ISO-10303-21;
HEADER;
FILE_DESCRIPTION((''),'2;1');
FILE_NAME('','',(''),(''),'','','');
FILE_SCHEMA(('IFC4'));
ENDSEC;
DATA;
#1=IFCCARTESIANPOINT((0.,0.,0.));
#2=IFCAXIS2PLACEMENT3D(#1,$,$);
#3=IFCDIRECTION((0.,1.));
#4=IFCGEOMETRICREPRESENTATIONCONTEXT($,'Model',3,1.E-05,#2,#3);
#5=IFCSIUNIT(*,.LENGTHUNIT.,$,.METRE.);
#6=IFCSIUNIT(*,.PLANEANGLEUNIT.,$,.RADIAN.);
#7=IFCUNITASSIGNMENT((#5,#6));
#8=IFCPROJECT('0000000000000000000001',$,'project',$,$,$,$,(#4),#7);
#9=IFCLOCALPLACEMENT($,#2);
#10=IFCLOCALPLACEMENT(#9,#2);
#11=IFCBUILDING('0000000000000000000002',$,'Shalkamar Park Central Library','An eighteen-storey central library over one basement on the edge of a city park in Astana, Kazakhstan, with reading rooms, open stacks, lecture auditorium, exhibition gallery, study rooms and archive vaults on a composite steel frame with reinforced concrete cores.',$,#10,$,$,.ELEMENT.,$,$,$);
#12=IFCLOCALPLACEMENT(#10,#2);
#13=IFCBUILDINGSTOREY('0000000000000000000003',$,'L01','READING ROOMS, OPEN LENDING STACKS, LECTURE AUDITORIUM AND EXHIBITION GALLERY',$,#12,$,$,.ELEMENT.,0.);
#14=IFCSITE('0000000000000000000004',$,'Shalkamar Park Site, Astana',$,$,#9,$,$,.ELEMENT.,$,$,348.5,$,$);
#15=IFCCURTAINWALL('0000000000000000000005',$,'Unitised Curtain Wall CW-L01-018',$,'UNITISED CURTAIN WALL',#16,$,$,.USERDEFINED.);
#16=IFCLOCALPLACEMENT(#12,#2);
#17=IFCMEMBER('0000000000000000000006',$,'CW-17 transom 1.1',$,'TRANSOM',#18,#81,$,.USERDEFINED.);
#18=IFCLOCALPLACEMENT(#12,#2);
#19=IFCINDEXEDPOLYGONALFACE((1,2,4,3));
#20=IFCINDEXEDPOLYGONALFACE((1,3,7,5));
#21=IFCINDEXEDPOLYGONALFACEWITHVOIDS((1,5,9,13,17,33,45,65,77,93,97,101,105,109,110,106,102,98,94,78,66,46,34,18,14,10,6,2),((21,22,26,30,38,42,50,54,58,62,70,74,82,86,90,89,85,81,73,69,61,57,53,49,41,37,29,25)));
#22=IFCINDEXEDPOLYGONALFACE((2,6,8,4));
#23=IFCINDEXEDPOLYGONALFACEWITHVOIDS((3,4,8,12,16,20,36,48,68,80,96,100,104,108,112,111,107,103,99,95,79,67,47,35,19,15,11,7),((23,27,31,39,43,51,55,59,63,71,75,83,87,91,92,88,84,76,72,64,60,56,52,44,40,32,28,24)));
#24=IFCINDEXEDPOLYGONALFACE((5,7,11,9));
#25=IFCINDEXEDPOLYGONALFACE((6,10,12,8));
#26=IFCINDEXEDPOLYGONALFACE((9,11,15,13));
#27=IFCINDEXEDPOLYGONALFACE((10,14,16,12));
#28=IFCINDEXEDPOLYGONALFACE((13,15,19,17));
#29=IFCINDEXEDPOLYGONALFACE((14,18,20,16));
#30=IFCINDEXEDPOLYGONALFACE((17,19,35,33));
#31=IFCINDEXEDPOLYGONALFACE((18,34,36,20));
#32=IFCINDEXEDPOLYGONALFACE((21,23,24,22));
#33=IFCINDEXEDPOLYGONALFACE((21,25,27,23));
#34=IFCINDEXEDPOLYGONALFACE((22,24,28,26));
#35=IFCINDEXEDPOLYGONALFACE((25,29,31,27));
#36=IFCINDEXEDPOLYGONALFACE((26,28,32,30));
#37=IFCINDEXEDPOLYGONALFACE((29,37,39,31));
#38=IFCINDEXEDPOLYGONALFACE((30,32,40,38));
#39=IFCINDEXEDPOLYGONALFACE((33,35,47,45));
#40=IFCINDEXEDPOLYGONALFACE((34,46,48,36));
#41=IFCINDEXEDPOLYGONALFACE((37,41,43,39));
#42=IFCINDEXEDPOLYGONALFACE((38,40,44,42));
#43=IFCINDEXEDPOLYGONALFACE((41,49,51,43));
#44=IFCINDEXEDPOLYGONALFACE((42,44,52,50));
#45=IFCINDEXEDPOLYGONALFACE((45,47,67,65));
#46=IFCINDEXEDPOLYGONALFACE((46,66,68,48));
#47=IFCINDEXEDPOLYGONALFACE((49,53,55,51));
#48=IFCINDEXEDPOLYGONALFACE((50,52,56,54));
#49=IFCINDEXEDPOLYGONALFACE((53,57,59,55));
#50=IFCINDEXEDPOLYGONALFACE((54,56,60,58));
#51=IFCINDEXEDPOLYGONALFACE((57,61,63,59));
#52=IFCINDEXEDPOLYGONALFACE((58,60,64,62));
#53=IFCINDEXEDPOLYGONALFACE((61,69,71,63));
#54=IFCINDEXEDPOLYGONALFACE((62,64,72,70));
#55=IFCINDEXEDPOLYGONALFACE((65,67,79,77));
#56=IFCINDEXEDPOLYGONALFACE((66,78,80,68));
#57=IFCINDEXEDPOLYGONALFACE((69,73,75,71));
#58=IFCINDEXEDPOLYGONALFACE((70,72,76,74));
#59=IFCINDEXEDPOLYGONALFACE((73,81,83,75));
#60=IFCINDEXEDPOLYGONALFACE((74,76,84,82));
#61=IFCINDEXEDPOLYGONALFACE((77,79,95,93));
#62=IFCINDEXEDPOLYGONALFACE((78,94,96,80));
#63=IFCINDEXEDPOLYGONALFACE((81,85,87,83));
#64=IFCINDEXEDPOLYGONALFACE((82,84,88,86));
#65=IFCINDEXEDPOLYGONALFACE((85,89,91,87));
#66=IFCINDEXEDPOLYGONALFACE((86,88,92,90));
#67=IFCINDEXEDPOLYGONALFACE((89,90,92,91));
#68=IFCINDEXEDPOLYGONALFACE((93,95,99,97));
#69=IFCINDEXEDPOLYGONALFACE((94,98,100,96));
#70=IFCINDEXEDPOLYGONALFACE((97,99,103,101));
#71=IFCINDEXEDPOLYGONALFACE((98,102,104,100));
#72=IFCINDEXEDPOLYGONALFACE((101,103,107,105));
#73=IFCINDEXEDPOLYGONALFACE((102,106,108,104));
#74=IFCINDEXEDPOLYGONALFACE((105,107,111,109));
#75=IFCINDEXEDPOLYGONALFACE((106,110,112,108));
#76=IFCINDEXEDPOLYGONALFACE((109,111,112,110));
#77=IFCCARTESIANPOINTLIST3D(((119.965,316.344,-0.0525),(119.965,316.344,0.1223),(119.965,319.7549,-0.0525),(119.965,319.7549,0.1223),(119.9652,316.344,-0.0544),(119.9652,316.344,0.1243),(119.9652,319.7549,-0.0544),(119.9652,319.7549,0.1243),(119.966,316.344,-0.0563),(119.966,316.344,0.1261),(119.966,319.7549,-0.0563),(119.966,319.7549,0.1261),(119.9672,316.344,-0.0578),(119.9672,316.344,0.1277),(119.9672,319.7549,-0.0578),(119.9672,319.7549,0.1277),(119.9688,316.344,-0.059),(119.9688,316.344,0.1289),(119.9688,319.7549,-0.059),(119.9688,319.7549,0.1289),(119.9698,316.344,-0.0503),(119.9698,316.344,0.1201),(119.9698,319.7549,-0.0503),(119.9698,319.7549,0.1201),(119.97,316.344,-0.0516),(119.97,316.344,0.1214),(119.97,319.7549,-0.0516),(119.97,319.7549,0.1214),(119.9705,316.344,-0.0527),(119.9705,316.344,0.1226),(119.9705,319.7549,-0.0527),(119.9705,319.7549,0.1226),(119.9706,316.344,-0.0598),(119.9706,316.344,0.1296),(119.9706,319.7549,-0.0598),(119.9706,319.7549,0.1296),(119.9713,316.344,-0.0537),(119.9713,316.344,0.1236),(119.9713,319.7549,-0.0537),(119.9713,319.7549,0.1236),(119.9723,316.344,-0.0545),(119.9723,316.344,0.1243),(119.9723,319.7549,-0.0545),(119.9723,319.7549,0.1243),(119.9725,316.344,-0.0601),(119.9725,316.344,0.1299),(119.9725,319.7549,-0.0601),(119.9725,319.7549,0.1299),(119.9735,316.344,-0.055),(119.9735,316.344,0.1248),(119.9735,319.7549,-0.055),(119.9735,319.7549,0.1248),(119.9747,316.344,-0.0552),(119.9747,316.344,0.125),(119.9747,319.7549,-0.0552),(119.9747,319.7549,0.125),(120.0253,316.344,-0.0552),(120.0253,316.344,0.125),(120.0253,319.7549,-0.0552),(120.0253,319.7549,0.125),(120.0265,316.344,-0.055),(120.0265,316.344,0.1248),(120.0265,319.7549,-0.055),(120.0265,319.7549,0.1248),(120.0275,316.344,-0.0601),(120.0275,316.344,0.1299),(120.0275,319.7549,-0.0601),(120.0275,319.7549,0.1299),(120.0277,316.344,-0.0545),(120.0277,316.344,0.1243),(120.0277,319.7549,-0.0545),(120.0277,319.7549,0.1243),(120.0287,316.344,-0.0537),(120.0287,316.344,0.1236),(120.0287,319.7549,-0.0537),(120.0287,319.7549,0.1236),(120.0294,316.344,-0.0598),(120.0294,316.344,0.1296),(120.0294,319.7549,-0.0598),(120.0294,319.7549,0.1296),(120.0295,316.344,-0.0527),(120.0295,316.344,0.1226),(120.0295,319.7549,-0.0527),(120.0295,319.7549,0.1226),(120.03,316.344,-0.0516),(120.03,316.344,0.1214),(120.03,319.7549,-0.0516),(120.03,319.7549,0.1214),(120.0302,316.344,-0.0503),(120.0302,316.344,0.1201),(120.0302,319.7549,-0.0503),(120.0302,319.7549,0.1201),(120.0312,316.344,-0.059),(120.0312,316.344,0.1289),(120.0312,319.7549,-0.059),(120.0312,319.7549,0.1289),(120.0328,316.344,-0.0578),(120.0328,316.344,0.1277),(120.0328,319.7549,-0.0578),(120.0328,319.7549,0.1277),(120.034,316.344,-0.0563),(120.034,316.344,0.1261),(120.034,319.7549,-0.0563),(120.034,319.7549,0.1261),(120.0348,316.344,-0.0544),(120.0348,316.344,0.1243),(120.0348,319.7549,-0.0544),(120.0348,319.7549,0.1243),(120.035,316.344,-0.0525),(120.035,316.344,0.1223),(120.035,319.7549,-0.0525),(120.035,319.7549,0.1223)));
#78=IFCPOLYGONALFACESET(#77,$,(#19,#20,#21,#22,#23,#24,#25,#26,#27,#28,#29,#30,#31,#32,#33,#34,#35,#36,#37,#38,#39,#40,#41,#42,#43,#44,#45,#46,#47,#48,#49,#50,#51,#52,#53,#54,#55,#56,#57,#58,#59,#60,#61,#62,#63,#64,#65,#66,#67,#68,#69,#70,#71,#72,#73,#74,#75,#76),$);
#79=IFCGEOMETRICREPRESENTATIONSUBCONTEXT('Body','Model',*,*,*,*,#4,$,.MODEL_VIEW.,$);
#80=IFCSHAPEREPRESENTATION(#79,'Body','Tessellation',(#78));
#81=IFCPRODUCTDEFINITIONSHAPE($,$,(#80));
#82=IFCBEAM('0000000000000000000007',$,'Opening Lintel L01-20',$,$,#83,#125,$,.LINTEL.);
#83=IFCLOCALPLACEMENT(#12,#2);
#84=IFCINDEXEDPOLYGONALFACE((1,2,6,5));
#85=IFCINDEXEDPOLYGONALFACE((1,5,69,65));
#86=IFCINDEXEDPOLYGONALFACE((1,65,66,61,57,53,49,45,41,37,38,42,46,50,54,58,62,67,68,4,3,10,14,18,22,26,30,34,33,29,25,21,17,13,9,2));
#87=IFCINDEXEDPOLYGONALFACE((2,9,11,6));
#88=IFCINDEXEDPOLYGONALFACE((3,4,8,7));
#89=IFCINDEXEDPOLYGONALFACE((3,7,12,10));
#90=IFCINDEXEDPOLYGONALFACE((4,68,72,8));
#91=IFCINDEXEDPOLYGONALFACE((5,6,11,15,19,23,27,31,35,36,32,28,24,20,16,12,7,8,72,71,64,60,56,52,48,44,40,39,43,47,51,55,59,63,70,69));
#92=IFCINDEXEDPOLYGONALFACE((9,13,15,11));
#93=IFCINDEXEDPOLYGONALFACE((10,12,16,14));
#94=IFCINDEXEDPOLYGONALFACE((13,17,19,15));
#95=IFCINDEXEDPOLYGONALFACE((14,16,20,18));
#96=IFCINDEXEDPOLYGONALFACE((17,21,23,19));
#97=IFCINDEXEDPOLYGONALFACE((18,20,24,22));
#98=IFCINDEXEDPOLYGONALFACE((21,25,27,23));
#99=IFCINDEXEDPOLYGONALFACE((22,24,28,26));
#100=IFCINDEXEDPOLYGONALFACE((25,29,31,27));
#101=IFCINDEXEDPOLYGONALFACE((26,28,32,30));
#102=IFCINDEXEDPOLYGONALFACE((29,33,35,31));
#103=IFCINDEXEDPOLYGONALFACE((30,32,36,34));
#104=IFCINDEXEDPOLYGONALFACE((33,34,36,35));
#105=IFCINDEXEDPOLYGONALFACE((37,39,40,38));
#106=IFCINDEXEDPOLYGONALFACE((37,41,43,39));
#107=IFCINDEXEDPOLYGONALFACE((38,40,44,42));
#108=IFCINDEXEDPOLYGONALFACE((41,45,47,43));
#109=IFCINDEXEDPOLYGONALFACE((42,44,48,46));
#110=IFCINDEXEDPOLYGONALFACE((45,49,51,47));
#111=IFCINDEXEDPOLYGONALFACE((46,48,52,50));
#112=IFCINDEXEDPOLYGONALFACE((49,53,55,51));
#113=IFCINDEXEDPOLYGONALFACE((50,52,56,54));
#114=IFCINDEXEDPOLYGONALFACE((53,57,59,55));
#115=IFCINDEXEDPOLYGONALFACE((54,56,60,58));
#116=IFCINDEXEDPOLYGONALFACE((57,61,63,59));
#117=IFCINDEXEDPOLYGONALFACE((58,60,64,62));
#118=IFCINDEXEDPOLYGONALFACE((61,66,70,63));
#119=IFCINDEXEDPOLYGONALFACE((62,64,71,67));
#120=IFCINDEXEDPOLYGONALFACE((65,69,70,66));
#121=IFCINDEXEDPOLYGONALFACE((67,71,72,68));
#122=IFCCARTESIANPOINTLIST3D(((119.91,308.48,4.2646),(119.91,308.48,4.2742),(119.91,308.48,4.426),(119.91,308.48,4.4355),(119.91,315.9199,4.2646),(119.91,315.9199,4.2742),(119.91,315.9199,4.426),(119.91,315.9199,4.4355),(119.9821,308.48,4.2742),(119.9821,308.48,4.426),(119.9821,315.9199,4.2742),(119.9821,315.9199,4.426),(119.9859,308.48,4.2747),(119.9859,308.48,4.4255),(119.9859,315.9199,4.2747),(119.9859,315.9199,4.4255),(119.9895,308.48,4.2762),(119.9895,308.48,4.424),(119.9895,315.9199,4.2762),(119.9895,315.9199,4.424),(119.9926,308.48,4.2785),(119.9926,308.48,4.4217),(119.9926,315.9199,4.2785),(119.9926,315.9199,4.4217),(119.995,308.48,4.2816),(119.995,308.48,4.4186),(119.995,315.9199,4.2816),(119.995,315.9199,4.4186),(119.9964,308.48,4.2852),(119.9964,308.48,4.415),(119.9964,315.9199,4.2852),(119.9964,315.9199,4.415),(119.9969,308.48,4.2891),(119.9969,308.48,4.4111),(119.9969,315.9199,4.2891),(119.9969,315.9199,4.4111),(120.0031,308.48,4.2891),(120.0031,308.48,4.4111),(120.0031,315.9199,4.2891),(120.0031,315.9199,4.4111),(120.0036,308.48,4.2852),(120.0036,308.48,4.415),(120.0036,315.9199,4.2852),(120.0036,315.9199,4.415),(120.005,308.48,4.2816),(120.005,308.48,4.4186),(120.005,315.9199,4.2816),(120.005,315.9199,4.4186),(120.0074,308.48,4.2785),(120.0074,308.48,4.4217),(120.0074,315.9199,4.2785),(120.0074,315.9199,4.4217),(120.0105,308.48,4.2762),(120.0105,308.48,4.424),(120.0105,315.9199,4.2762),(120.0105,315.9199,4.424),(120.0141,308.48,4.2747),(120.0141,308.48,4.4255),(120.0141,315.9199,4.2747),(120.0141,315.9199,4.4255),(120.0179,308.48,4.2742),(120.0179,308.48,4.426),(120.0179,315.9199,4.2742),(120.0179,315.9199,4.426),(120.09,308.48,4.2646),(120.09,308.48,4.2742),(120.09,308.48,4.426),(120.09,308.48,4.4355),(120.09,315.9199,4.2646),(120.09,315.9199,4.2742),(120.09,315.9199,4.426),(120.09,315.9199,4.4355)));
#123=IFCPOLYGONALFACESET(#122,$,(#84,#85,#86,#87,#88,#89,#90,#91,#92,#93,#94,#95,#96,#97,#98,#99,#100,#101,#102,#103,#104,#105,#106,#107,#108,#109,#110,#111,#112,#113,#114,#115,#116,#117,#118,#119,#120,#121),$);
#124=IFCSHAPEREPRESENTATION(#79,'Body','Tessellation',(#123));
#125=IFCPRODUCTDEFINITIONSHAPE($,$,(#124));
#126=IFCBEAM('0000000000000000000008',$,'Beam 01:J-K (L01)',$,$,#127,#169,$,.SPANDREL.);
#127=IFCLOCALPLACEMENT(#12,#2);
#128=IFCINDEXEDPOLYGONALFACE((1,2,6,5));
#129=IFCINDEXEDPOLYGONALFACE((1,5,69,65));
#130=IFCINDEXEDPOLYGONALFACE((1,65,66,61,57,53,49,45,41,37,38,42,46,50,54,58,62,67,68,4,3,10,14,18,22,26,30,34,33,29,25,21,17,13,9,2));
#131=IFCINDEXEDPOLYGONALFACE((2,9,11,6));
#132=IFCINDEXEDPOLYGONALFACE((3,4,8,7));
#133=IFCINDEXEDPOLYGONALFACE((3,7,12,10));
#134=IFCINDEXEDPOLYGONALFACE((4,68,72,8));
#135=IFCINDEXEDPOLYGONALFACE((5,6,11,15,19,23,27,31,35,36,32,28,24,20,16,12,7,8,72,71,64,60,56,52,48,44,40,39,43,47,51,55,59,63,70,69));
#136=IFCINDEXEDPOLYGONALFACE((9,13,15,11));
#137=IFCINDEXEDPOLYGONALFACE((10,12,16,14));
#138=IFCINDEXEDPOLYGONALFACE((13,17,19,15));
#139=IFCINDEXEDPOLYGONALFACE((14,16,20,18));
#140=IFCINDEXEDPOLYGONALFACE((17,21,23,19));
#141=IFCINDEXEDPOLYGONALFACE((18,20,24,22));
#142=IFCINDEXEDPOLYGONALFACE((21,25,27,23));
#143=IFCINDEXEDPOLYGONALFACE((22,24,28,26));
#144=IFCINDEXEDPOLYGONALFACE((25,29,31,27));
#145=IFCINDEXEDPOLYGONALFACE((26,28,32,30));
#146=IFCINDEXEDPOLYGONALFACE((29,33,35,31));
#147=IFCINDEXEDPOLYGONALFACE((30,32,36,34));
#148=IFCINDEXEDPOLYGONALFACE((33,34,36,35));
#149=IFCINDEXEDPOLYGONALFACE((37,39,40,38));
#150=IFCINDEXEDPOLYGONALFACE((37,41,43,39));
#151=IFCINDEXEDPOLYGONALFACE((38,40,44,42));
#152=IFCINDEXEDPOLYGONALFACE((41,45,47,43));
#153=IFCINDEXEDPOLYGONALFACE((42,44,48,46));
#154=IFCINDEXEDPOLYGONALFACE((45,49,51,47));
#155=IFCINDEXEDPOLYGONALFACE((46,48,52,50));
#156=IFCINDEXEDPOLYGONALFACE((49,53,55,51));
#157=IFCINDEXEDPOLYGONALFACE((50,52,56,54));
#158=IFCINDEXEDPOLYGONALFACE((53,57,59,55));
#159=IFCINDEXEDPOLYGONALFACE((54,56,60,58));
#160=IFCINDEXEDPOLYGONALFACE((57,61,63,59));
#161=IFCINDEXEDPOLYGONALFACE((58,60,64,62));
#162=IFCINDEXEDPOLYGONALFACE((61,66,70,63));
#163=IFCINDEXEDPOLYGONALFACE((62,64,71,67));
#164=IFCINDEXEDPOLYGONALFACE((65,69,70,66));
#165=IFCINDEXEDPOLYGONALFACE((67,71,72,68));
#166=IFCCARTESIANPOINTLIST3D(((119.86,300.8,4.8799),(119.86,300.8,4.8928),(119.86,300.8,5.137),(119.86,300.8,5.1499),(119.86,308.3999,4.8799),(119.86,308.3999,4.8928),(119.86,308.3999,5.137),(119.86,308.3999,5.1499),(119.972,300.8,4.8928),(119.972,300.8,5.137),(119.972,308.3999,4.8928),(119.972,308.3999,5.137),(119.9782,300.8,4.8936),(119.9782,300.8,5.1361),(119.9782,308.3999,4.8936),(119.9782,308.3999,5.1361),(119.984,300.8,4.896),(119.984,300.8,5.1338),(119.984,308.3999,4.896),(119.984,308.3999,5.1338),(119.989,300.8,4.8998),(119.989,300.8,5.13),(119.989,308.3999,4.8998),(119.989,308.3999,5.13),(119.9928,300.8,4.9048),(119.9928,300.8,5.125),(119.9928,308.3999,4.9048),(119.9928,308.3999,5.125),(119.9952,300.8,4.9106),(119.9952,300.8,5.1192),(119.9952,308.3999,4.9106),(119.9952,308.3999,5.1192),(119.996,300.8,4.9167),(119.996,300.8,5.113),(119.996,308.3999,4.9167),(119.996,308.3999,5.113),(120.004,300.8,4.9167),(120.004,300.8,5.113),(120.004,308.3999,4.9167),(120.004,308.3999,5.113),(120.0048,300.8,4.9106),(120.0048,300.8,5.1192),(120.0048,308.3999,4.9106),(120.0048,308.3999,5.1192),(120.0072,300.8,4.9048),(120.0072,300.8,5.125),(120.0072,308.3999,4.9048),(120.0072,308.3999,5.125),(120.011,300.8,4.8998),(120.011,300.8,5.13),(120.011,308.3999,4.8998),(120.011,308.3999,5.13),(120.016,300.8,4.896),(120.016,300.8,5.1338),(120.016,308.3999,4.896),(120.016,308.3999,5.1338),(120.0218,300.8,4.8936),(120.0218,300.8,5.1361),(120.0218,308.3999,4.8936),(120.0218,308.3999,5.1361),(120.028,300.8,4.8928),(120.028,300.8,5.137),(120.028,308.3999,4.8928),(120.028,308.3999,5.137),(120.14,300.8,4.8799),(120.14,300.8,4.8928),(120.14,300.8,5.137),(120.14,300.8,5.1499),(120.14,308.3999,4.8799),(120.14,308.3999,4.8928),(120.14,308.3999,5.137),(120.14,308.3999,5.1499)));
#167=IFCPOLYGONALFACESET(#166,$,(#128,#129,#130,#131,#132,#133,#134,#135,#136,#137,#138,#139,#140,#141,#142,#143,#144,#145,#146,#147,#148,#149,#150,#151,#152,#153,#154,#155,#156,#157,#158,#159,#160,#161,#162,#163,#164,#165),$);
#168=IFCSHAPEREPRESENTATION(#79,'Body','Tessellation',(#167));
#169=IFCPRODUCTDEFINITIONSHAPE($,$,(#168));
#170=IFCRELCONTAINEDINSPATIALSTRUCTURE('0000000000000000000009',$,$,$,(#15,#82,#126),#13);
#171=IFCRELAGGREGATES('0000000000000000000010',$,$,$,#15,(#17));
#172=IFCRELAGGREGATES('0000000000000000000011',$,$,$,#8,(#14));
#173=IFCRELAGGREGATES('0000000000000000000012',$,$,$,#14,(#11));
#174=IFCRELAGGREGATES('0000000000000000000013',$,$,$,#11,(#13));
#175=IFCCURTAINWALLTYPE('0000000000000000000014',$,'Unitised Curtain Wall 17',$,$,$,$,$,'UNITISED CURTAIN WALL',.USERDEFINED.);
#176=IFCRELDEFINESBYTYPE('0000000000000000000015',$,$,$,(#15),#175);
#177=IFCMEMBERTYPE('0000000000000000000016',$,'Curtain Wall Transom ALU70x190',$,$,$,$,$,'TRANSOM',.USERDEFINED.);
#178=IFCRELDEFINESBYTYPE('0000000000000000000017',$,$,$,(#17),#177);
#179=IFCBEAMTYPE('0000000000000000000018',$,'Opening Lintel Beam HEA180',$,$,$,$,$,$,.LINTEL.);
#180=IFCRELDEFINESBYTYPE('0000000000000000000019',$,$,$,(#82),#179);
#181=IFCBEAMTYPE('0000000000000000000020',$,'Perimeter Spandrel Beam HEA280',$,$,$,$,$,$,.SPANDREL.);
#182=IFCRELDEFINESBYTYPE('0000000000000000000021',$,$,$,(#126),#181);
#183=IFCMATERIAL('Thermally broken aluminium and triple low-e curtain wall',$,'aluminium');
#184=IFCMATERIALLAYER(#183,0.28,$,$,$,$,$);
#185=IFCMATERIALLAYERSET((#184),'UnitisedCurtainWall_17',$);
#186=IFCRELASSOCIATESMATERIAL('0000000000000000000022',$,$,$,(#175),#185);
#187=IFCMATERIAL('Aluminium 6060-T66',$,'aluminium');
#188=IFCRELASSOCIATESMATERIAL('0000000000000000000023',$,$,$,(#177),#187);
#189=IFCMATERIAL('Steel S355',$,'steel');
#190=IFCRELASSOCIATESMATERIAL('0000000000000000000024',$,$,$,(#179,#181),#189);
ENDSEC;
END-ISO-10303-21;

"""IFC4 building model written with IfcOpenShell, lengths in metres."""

from ifc_helpers import new_model, si_unit, direction, frame, origin, origin_2d, place, context, subcontext, project, spatial, hollow_rectangle, i_section, extrude, material, layer, layer_set, material_profile, profile_set, type_object, element, aggregate, save


model = new_model("IFC4")

# Units and contexts
model_context = context("Model", 3, precision=1e-05, world=origin(), true_north=direction((0.0, 1.0)))
body_context = subcontext(model_context, "Body", "Model", "MODEL_VIEW")
ifc_project = project(units=[si_unit("LENGTHUNIT", "METRE"), si_unit("PLANEANGLEUNIT", "RADIAN")], contexts=[model_context])

# Site, building, storey
site_placement = place(None, origin())
site = spatial("IfcSite", under=ifc_project, at=site_placement, Name="Shalkamar Park Site, Astana", CompositionType="ELEMENT", RefElevation=348.5)
building_placement = place(site_placement, origin())
building = spatial("IfcBuilding", under=site, at=building_placement, Name="Shalkamar Park Central Library", Description="An eighteen-storey central library over one basement on the edge of a city park in Astana, Kazakhstan, with reading rooms, open stacks, lecture auditorium, exhibition gallery, study rooms and archive vaults on a composite steel frame with reinforced concrete cores.", CompositionType="ELEMENT")
storey_placement = place(building_placement, origin())
storey = spatial("IfcBuildingStorey", under=building, at=storey_placement, Name="L01", Description="READING ROOMS, OPEN LENDING STACKS, LECTURE AUDITORIUM AND EXHIBITION GALLERY", CompositionType="ELEMENT", Elevation=0.0)

# Shared definitions
ifc_material_1 = material(Name="Steel S355", Category="steel")

# Curtain wall, member
ifc_material_2 = material(Name="Thermally broken aluminium and triple low-e curtain wall", Category="aluminium")
ifc_layer_1 = layer(ifc_material_2, 0.28)
ifc_layer_set_1 = layer_set([ifc_layer_1], Name="UnitisedCurtainWall_17")
curtain_wall_type = type_object("IfcCurtainWallType", Name="Unitised Curtain Wall 17", ElementType="UNITISED CURTAIN WALL", PredefinedType="USERDEFINED", material=ifc_layer_set_1)
curtain_wall_placement = place(storey_placement, origin())
curtain_wall = element("IfcCurtainWall", 1, at=curtain_wall_placement, inside=storey, type_object=curtain_wall_type, Name="Unitised Curtain Wall CW-L01-018", ObjectType="UNITISED CURTAIN WALL", PredefinedType="USERDEFINED")
ifc_material_3 = material(Name="Aluminium 6060-T66", Category="aluminium")
ifc_material_profile_1 = material_profile(ifc_material_3, hollow_rectangle(XDim=0.0701, YDim=0.1899, WallThickness=0.0049, InnerFilletRadius=0.0049, OuterFilletRadius=0.0076, at=origin_2d()), Name="ALU 70x190x5")
ifc_profile_set_1 = profile_set([ifc_material_profile_1], Name="Aluminium 6060-T66")
member_type_1 = type_object("IfcMemberType", Name="Curtain Wall Transom ALU70x190", ElementType="TRANSOM", PredefinedType="USERDEFINED", material=ifc_profile_set_1)
member_1_placement = place(storey_placement, frame((120.0, 316.344, 0.0349), z_axis=(0.0, 1.0, 0.0), x_axis=(-1.0, 0.0, 0.0)))
member_1 = element("IfcMember", 2, at=member_1_placement, type_object=member_type_1, Name="CW-17 transom 1.1", ObjectType="TRANSOM", PredefinedType="USERDEFINED", context=body_context, shape_type="SweptSolid", body=[
    extrude(hollow_rectangle(XDim=0.0701, YDim=0.1899, WallThickness=0.0049, InnerFilletRadius=0.0049, OuterFilletRadius=0.0076, at=origin_2d()), origin(), (0.0, 0.0, 1.0), 3.4109),
])
aggregate(curtain_wall, [member_1])

# Beams
ifc_material_profile_2 = material_profile(ifc_material_1, i_section(OverallWidth=0.1799, OverallDepth=0.1709, WebThickness=0.0061, FlangeThickness=0.0095, FilletRadius=0.0149, at=origin_2d()), Name="HEA 180")
ifc_profile_set_2 = profile_set([ifc_material_profile_2], Name="Steel S355")
beam_type_1 = type_object("IfcBeamType", Name="Opening Lintel Beam HEA180", PredefinedType="LINTEL", material=ifc_profile_set_2)
beam_1_placement = place(storey_placement, frame((120.0, 308.48, 4.3501), z_axis=(0.0, 1.0, 0.0), x_axis=(-1.0, 0.0, 0.0)))
element("IfcBeam", 3, at=beam_1_placement, inside=storey, type_object=beam_type_1, Name="Opening Lintel L01-20", PredefinedType="LINTEL", context=body_context, shape_type="SweptSolid", body=[
    extrude(i_section(OverallWidth=0.1799, OverallDepth=0.1709, WebThickness=0.0061, FlangeThickness=0.0095, FilletRadius=0.0149, at=origin_2d()), origin(), (0.0, 0.0, 1.0), 7.4399),
])
ifc_material_profile_3 = material_profile(ifc_material_1, i_section(OverallWidth=0.28, OverallDepth=0.27, WebThickness=0.0081, FlangeThickness=0.0129, FilletRadius=0.0239, at=origin_2d()), Name="HEA 280")
ifc_profile_set_3 = profile_set([ifc_material_profile_3], Name="Steel S355")
beam_type_2 = type_object("IfcBeamType", Name="Perimeter Spandrel Beam HEA280", PredefinedType="SPANDREL", material=ifc_profile_set_3)
beam_2_placement = place(storey_placement, frame((120.0, 300.8, 5.0149), z_axis=(0.0, 1.0, 0.0), x_axis=(-1.0, 0.0, 0.0)))
element("IfcBeam", 4, at=beam_2_placement, inside=storey, type_object=beam_type_2, Name="Beam 01:J-K (L01)", PredefinedType="SPANDREL", context=body_context, shape_type="SweptSolid", body=[
    extrude(i_section(OverallWidth=0.28, OverallDepth=0.27, WebThickness=0.0081, FlangeThickness=0.0129, FilletRadius=0.0239, at=origin_2d()), origin(), (0.0, 0.0, 1.0), 7.5999),
])

save(model, "model.ifc")
